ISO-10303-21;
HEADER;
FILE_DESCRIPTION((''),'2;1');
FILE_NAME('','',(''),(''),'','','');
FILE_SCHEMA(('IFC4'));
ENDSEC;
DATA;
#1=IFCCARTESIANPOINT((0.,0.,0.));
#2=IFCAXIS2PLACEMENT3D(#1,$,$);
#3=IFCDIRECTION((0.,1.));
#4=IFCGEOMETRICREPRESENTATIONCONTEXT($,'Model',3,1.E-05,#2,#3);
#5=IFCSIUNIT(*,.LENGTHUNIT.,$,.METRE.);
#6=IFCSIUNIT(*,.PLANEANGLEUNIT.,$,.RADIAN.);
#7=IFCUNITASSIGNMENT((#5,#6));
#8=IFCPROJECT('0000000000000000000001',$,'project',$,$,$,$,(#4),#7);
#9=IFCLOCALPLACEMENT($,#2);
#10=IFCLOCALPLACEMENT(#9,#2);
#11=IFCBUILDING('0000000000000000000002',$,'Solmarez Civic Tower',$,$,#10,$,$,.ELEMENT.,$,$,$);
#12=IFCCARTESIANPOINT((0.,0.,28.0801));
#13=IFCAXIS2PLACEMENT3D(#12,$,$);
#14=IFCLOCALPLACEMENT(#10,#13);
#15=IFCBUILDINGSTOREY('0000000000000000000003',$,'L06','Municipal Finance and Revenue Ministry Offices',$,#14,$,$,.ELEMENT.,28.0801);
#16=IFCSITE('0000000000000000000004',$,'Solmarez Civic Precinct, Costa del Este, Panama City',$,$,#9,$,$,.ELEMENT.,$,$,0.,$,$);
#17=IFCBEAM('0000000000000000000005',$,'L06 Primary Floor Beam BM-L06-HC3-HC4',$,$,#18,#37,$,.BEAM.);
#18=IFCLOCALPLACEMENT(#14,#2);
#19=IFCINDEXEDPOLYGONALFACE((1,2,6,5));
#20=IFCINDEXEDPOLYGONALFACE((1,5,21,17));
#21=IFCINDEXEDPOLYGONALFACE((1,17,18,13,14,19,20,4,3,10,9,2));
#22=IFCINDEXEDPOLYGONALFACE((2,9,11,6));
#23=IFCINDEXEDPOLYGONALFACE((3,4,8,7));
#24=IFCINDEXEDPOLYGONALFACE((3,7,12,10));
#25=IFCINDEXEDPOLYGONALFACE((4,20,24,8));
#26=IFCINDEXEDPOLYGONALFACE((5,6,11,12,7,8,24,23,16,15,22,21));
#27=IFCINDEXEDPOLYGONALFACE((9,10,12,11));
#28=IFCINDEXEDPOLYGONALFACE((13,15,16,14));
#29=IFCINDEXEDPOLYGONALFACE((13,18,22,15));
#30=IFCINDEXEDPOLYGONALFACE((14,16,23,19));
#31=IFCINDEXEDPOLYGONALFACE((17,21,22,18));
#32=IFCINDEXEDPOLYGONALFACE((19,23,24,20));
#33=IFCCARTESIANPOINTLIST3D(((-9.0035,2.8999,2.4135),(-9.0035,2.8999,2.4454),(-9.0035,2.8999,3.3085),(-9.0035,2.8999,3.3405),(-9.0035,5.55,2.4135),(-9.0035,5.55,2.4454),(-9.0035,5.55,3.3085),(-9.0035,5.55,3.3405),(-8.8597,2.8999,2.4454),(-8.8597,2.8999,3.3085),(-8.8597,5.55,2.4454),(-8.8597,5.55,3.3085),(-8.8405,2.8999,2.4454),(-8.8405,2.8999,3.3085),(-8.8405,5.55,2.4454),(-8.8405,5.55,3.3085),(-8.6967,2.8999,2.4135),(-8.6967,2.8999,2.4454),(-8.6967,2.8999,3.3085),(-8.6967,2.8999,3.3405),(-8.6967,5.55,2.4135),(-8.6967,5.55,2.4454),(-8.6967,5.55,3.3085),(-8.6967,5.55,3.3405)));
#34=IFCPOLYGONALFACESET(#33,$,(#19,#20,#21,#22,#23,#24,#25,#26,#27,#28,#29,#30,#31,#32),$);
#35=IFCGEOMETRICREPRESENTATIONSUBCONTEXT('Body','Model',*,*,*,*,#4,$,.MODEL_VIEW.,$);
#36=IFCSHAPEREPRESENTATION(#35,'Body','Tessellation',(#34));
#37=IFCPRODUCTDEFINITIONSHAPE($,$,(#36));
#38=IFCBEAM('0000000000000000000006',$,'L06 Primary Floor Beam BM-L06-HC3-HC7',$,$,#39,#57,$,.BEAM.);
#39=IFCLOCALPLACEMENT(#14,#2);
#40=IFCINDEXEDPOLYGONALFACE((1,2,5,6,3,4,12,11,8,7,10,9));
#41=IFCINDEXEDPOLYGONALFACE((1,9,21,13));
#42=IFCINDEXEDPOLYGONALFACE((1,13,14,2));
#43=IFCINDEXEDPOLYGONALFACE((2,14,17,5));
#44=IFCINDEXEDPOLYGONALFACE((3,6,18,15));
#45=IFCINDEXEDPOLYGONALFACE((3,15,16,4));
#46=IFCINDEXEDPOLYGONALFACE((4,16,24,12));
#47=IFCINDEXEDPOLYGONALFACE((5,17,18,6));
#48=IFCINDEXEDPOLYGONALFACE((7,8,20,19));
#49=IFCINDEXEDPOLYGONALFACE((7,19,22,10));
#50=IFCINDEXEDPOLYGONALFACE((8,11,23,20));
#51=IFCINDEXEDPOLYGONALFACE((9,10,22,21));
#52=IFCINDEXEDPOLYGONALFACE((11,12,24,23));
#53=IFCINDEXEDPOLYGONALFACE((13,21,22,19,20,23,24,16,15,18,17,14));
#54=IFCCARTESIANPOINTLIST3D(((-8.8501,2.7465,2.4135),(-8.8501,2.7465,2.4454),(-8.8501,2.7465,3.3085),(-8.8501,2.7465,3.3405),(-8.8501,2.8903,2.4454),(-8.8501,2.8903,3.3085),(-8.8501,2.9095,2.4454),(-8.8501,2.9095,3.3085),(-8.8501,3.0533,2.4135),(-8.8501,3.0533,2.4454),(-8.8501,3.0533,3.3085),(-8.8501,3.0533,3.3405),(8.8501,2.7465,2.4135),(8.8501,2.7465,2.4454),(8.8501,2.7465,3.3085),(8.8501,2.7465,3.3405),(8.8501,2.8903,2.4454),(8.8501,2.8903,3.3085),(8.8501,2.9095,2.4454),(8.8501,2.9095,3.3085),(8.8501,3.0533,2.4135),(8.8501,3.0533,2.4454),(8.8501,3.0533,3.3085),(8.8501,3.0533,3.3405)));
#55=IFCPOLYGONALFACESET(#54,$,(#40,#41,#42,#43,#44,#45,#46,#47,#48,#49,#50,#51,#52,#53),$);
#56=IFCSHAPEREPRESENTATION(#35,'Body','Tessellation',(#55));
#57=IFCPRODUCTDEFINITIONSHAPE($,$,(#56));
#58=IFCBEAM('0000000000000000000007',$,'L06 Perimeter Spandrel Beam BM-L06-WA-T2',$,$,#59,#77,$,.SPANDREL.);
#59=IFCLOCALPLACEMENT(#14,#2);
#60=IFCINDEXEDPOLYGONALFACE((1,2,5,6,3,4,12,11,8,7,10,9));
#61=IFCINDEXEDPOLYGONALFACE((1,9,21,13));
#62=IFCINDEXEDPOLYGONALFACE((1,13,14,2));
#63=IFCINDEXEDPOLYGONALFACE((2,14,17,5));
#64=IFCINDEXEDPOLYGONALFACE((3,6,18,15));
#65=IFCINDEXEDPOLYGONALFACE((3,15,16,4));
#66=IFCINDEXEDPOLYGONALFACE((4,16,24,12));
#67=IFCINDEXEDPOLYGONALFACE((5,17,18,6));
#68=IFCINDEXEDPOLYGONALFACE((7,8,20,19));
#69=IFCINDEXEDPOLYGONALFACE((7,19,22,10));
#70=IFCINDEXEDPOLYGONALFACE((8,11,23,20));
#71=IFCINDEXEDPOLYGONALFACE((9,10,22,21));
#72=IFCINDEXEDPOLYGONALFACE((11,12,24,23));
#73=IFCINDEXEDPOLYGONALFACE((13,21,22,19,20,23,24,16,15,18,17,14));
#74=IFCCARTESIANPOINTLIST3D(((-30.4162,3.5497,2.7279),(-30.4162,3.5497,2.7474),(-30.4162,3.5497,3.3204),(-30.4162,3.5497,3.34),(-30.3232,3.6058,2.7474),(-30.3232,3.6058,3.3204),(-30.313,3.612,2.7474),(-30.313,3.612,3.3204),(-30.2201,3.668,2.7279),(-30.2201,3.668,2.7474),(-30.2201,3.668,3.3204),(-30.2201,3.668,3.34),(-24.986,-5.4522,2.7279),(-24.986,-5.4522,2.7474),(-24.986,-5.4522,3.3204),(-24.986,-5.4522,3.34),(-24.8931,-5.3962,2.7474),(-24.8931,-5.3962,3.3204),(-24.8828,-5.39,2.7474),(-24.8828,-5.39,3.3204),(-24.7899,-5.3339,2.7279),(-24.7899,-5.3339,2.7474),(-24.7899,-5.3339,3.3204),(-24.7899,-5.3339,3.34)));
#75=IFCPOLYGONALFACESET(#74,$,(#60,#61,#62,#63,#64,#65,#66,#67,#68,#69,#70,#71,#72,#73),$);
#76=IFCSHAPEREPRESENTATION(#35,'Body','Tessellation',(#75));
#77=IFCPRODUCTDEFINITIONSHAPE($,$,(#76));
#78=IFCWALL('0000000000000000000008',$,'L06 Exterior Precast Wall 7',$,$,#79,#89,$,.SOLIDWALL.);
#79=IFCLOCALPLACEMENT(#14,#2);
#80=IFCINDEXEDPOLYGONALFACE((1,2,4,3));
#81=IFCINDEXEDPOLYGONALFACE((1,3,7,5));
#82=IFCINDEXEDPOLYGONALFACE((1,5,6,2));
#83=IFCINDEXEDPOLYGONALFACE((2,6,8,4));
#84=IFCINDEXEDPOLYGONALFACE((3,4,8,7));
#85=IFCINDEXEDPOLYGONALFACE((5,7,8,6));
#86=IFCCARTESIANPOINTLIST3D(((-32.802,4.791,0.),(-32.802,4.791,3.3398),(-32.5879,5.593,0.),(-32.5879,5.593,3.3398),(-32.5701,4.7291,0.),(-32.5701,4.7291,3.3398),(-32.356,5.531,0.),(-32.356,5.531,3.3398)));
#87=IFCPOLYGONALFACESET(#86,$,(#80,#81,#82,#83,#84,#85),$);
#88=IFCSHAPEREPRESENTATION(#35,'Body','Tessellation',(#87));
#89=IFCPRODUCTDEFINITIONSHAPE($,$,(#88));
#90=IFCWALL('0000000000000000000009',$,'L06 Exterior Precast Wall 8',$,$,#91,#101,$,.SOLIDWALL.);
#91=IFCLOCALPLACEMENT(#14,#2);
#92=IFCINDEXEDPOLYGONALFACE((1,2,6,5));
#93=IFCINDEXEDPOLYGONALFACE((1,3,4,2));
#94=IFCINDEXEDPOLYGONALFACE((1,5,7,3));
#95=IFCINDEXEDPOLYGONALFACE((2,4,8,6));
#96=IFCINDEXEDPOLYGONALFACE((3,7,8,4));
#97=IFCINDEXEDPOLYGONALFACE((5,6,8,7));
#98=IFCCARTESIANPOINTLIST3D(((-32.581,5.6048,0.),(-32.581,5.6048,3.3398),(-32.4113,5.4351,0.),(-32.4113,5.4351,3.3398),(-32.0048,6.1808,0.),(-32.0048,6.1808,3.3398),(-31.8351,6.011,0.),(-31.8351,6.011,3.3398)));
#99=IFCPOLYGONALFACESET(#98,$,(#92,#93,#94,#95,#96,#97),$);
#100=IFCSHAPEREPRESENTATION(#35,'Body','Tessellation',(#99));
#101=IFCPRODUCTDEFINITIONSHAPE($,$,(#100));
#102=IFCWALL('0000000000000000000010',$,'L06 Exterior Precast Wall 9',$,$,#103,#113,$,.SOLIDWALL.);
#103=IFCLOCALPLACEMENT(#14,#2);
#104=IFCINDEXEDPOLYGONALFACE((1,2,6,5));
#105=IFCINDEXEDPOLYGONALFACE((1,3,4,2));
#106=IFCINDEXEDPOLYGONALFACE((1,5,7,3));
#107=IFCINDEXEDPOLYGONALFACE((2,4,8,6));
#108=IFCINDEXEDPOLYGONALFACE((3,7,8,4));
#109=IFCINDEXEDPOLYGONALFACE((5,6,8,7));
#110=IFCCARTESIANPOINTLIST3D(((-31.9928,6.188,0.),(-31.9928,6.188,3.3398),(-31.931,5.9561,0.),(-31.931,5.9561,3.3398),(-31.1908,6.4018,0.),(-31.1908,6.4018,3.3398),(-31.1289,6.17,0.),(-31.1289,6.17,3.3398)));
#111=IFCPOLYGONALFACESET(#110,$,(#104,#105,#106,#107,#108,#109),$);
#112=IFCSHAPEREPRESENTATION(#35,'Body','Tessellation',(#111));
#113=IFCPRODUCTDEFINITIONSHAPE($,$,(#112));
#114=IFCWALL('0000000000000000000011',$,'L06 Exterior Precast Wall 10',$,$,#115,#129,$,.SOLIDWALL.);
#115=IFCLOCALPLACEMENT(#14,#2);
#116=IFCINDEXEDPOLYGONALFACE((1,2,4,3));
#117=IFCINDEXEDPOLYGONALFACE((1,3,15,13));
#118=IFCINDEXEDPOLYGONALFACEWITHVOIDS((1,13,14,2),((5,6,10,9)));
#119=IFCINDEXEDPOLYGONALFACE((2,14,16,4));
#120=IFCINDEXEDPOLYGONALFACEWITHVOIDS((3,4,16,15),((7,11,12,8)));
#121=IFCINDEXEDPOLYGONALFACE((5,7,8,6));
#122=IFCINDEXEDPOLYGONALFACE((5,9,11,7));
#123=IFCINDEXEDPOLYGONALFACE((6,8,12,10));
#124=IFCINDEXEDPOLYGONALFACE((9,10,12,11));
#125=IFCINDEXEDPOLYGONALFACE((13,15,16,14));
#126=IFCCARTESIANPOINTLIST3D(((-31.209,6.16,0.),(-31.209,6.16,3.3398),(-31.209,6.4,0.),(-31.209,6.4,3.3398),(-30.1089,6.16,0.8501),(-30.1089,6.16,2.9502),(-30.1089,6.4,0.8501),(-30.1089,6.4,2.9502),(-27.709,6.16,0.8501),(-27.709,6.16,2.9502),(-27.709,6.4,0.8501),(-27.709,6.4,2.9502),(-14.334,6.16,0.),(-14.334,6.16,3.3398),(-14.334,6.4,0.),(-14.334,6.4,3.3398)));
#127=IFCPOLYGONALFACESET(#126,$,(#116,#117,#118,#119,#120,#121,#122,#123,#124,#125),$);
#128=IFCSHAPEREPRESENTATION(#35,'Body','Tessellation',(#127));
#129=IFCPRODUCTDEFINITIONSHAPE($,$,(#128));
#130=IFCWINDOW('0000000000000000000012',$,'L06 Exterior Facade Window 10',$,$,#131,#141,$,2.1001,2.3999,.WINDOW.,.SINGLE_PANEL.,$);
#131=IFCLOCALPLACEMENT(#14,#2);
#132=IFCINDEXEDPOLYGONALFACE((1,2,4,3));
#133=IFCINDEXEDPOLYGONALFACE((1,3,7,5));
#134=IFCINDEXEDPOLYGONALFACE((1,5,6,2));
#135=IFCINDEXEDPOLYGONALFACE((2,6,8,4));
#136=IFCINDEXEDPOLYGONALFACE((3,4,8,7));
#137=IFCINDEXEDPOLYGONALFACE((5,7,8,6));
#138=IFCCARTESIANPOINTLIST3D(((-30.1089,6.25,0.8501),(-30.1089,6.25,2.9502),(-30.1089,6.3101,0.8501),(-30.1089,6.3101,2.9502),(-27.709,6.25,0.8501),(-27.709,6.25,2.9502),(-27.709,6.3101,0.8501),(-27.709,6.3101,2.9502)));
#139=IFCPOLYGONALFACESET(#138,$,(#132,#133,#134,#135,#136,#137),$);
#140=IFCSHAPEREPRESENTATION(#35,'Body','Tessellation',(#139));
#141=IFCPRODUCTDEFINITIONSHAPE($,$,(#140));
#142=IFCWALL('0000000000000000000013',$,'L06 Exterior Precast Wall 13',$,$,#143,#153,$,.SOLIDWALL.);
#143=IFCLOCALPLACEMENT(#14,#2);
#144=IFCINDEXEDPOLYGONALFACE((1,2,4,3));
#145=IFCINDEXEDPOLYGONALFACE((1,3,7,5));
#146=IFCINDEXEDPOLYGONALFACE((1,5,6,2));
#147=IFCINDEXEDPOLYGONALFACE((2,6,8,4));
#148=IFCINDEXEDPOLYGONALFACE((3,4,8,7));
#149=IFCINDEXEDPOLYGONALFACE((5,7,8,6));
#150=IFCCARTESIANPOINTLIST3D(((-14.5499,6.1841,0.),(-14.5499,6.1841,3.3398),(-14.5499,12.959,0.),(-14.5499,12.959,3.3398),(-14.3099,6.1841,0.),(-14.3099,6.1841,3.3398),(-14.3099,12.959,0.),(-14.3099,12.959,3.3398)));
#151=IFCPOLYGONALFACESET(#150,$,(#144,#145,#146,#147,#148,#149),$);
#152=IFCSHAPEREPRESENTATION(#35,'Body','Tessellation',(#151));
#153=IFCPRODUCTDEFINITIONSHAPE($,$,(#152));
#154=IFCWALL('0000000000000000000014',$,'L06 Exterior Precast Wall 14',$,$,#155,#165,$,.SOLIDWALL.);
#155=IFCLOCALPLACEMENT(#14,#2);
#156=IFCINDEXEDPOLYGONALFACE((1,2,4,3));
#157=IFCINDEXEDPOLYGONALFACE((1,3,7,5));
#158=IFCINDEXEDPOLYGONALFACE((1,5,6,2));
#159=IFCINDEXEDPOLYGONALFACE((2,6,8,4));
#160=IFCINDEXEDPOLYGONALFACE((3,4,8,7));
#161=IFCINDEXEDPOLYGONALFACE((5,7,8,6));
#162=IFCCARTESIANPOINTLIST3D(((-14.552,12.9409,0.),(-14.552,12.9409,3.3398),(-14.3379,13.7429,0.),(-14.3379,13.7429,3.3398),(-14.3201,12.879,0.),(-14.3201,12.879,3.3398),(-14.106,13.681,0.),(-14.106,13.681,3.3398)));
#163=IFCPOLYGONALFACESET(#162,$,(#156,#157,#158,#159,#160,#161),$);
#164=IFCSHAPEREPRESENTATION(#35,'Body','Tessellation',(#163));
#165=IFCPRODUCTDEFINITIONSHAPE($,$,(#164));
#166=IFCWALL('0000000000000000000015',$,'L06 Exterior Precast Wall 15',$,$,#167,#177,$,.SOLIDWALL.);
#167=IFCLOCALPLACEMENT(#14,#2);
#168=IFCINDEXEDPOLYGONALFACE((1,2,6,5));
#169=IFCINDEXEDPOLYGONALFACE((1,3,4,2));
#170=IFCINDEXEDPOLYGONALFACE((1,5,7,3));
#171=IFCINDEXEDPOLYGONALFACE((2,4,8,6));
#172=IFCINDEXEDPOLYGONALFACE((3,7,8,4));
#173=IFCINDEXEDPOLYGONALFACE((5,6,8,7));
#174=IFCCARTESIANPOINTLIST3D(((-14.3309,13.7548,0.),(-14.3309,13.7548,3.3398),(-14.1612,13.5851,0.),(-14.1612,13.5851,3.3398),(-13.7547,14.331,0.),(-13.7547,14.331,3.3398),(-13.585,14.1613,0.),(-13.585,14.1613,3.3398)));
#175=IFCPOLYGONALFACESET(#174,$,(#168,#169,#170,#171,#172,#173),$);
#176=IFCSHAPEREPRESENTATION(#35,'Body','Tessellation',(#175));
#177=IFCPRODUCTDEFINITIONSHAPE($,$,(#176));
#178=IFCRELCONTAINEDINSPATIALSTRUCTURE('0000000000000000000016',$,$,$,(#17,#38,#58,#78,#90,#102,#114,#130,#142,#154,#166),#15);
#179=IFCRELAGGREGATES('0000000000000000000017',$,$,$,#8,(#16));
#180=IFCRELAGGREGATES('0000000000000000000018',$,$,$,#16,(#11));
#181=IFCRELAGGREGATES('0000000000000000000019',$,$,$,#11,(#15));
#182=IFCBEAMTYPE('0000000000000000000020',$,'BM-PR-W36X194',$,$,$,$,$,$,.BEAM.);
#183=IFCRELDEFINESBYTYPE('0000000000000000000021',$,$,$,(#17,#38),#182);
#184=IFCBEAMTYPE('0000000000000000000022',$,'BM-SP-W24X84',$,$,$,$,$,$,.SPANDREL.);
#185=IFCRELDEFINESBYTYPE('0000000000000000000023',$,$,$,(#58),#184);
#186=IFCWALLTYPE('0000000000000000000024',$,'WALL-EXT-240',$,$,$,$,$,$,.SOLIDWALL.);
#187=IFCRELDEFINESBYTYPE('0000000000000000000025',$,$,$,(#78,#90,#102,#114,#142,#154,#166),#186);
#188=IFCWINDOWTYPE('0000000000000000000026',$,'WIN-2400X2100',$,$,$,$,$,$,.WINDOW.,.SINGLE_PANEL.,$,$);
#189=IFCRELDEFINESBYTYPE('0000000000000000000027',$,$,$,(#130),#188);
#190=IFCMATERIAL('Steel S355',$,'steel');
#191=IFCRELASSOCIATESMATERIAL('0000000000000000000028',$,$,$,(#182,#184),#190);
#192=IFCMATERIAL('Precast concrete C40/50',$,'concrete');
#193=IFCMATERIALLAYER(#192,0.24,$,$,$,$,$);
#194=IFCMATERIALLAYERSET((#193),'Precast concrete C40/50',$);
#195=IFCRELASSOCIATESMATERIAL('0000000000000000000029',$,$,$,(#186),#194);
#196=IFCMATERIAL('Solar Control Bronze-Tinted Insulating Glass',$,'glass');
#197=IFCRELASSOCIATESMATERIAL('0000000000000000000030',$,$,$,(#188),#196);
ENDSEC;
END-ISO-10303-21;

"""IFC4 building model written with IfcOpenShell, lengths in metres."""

from ifc_helpers import new_model, si_unit, direction, frame, frame_2d, origin, origin_2d, place, context, subcontext, project, spatial, rectangle, i_section, extrude, material, layer, layer_set, material_profile, profile_set, type_object, element, fill, save


model = new_model("IFC4")

# Units and contexts
model_context = context("Model", 3, precision=1e-05, world=origin(), true_north=direction((0.0, 1.0)))
body_context = subcontext(model_context, "Body", "Model", "MODEL_VIEW")
ifc_project = project(units=[si_unit("LENGTHUNIT", "METRE"), si_unit("PLANEANGLEUNIT", "RADIAN")], contexts=[model_context])

# Site, building, storey
site_placement = place(None, origin())
site = spatial("IfcSite", under=ifc_project, at=site_placement, Name="Solmarez Civic Precinct, Costa del Este, Panama City", CompositionType="ELEMENT", RefElevation=0.0)
building_placement = place(site_placement, origin())
building = spatial("IfcBuilding", under=site, at=building_placement, Name="Solmarez Civic Tower", CompositionType="ELEMENT")
storey_placement = place(building_placement, frame((0.0, 0.0, 28.0801)))
storey = spatial("IfcBuildingStorey", under=building, at=storey_placement, Name="L06", Description="Municipal Finance and Revenue Ministry Offices", CompositionType="ELEMENT", Elevation=28.0801)

# Beams
ifc_material_1 = material(Name="Steel S355", Category="steel")
ifc_material_profile_1 = material_profile(ifc_material_1, i_section(OverallWidth=0.3069, OverallDepth=0.927, WebThickness=0.0193, FlangeThickness=0.032, at=origin_2d()), Name="W36X194")
ifc_profile_set_1 = profile_set([ifc_material_profile_1], Name="Steel S355")
beam_type_1 = type_object("IfcBeamType", Name="BM-PR-W36X194", PredefinedType="BEAM", material=ifc_profile_set_1)
beam_1_placement = place(storey_placement, frame((-8.8501, 2.8999, 2.877), z_axis=(0.0, 1.0, 0.0), x_axis=(-1.0, 0.0, 0.0)))
element("IfcBeam", 1, at=beam_1_placement, inside=storey, type_object=beam_type_1, Name="L06 Primary Floor Beam BM-L06-HC3-HC4", PredefinedType="BEAM", context=body_context, shape_type="SweptSolid", body=[
    extrude(i_section(OverallWidth=0.3069, OverallDepth=0.927, WebThickness=0.0193, FlangeThickness=0.032, at=origin_2d()), origin(), (0.0, 0.0, 1.0), 2.6501),
])
beam_2_placement = place(storey_placement, frame((-8.8501, 2.8999, 2.877), z_axis=(1.0, 0.0, 0.0), x_axis=(0.0, 1.0, 0.0)))
element("IfcBeam", 2, at=beam_2_placement, inside=storey, type_object=beam_type_1, Name="L06 Primary Floor Beam BM-L06-HC3-HC7", PredefinedType="BEAM", context=body_context, shape_type="SweptSolid", body=[
    extrude(i_section(OverallWidth=0.3069, OverallDepth=0.927, WebThickness=0.0193, FlangeThickness=0.032, at=origin_2d()), origin(), (0.0, 0.0, 1.0), 17.7002),
])
ifc_material_profile_2 = material_profile(ifc_material_1, i_section(OverallWidth=0.229, OverallDepth=0.6121, WebThickness=0.012, FlangeThickness=0.0195, at=origin_2d()), Name="W24X84")
ifc_profile_set_2 = profile_set([ifc_material_profile_2], Name="Steel S355")
beam_type_2 = type_object("IfcBeamType", Name="BM-SP-W24X84", PredefinedType="SPANDREL", material=ifc_profile_set_2)
beam_3_placement = place(storey_placement, frame((-30.3181, 3.6089, 3.0339), z_axis=(0.516523, -0.856273, 0.0), x_axis=(0.856273, 0.516523, 0.0)))
element("IfcBeam", 3, at=beam_3_placement, inside=storey, type_object=beam_type_2, Name="L06 Perimeter Spandrel Beam BM-L06-WA-T2", PredefinedType="SPANDREL", context=body_context, shape_type="SweptSolid", body=[
    extrude(i_section(OverallWidth=0.229, OverallDepth=0.6121, WebThickness=0.012, FlangeThickness=0.0195, at=origin_2d()), origin(), (0.0, 0.0, 1.0), 10.5129),
])

# Walls
ifc_material_2 = material(Name="Precast concrete C40/50", Category="concrete")
ifc_layer_1 = layer(ifc_material_2, 0.24)
ifc_layer_set_1 = layer_set([ifc_layer_1], Name="Precast concrete C40/50")
wall_type_1 = type_object("IfcWallType", Name="WALL-EXT-240", PredefinedType="SOLIDWALL", material=ifc_layer_set_1)
wall_1_placement = place(storey_placement, frame((-32.686, 4.76, 0.0), z_axis=(0.0, 0.0, 1.0), x_axis=(0.257937, 0.966162, 0.0)))
element("IfcWall", 4, at=wall_1_placement, inside=storey, type_object=wall_type_1, Name="L06 Exterior Precast Wall 7", PredefinedType="SOLIDWALL", context=body_context, shape_type="SweptSolid", body=[
    extrude(rectangle(XDim=0.8301, YDim=0.24, at=frame_2d((0.415, 0.0))), origin(), (0.0, 0.0, 1.0), 3.3398),
])
wall_2_placement = place(storey_placement, frame((-32.4961, 5.52, 0.0), z_axis=(0.0, 0.0, 1.0), x_axis=(0.707257, 0.706957, 0.0)))
element("IfcWall", 5, at=wall_2_placement, inside=storey, type_object=wall_type_1, Name="L06 Exterior Precast Wall 8", PredefinedType="SOLIDWALL", context=body_context, shape_type="SweptSolid", body=[
    extrude(rectangle(XDim=0.8147, YDim=0.24, at=frame_2d((0.4072, 0.0))), origin(), (0.0, 0.0, 1.0), 3.3398),
])
wall_3_placement = place(storey_placement, frame((-31.9619, 6.072, 0.0), z_axis=(0.0, 0.0, 1.0), x_axis=(0.966235, 0.257663, 0.0)))
element("IfcWall", 6, at=wall_3_placement, inside=storey, type_object=wall_type_1, Name="L06 Exterior Precast Wall 9", PredefinedType="SOLIDWALL", context=body_context, shape_type="SweptSolid", body=[
    extrude(rectangle(XDim=0.8301, YDim=0.24, at=frame_2d((0.415, 0.0))), origin(), (0.0, 0.0, 1.0), 3.3398),
])

# Wall, opening, window
wall_4_placement = place(storey_placement, frame((-31.209, 6.28, 0.0), z_axis=(0.0, 0.0, 1.0), x_axis=(1.0, 0.0, 0.0)))
wall_4 = element("IfcWall", 7, at=wall_4_placement, inside=storey, type_object=wall_type_1, Name="L06 Exterior Precast Wall 10", PredefinedType="SOLIDWALL", context=body_context, shape_type="SweptSolid", body=[
    extrude(rectangle(XDim=16.875, YDim=0.24, at=frame_2d((8.4375, 0.0))), origin(), (0.0, 0.0, 1.0), 3.3398),
])
opening_1_placement = place(wall_4_placement, frame((1.1001, 0.0, 0.8501)))
opening_1 = element("IfcOpeningElement", 8, at=opening_1_placement, cuts=wall_4, PredefinedType="OPENING", context=body_context, shape_type="SweptSolid", body=[
    extrude(rectangle(XDim=2.3999, YDim=2.1001, at=frame_2d((1.2, 1.05))), frame((0.0, 0.1299, 0.0), z_axis=(0.0, -1.0, 0.0), x_axis=(1.0, 0.0, 0.0)), (0.0, 0.0, 1.0), 0.26),
])
ifc_material_3 = material(Name="Solar Control Bronze-Tinted Insulating Glass", Category="glass")
window_type = type_object("IfcWindowType", Name="WIN-2400X2100", PartitioningType="SINGLE_PANEL", PredefinedType="WINDOW", material=ifc_material_3)
window_placement = place(opening_1_placement, origin())
window = element("IfcWindow", 9, at=window_placement, inside=storey, type_object=window_type, Name="L06 Exterior Facade Window 10", OverallHeight=2.1001, OverallWidth=2.3999, PartitioningType="SINGLE_PANEL", PredefinedType="WINDOW", context=body_context, shape_type="SweptSolid", body=[
    extrude(rectangle(XDim=2.3999, YDim=2.1001, at=frame_2d((1.2, 1.05))), frame((0.0, 0.03, 0.0), z_axis=(0.0, -1.0, 0.0), x_axis=(1.0, 0.0, 0.0)), (0.0, 0.0, 1.0), 0.0601),
])
fill(opening_1, window)

# Walls
wall_5_placement = place(storey_placement, frame((-14.4299, 6.1841, 0.0), z_axis=(0.0, 0.0, 1.0), x_axis=(0.0, 1.0, 0.0)))
element("IfcWall", 10, at=wall_5_placement, inside=storey, type_object=wall_type_1, Name="L06 Exterior Precast Wall 13", PredefinedType="SOLIDWALL", context=body_context, shape_type="SweptSolid", body=[
    extrude(rectangle(XDim=6.7749, YDim=0.24, at=frame_2d((3.3875, 0.0))), origin(), (0.0, 0.0, 1.0), 3.3398),
])
wall_6_placement = place(storey_placement, frame((-14.436, 12.9099, 0.0), z_axis=(0.0, 0.0, 1.0), x_axis=(0.257937, 0.966162, 0.0)))
element("IfcWall", 11, at=wall_6_placement, inside=storey, type_object=wall_type_1, Name="L06 Exterior Precast Wall 14", PredefinedType="SOLIDWALL", context=body_context, shape_type="SweptSolid", body=[
    extrude(rectangle(XDim=0.8301, YDim=0.24, at=frame_2d((0.415, 0.0))), origin(), (0.0, 0.0, 1.0), 3.3398),
])
wall_7_placement = place(storey_placement, frame((-14.2461, 13.6699, 0.0), z_axis=(0.0, 0.0, 1.0), x_axis=(0.707107, 0.707107, 0.0)))
element("IfcWall", 12, at=wall_7_placement, inside=storey, type_object=wall_type_1, Name="L06 Exterior Precast Wall 15", PredefinedType="SOLIDWALL", context=body_context, shape_type="SweptSolid", body=[
    extrude(rectangle(XDim=0.8149, YDim=0.24, at=frame_2d((0.4075, 0.0))), origin(), (0.0, 0.0, 1.0), 3.3398),
])

save(model, "model.ifc")
